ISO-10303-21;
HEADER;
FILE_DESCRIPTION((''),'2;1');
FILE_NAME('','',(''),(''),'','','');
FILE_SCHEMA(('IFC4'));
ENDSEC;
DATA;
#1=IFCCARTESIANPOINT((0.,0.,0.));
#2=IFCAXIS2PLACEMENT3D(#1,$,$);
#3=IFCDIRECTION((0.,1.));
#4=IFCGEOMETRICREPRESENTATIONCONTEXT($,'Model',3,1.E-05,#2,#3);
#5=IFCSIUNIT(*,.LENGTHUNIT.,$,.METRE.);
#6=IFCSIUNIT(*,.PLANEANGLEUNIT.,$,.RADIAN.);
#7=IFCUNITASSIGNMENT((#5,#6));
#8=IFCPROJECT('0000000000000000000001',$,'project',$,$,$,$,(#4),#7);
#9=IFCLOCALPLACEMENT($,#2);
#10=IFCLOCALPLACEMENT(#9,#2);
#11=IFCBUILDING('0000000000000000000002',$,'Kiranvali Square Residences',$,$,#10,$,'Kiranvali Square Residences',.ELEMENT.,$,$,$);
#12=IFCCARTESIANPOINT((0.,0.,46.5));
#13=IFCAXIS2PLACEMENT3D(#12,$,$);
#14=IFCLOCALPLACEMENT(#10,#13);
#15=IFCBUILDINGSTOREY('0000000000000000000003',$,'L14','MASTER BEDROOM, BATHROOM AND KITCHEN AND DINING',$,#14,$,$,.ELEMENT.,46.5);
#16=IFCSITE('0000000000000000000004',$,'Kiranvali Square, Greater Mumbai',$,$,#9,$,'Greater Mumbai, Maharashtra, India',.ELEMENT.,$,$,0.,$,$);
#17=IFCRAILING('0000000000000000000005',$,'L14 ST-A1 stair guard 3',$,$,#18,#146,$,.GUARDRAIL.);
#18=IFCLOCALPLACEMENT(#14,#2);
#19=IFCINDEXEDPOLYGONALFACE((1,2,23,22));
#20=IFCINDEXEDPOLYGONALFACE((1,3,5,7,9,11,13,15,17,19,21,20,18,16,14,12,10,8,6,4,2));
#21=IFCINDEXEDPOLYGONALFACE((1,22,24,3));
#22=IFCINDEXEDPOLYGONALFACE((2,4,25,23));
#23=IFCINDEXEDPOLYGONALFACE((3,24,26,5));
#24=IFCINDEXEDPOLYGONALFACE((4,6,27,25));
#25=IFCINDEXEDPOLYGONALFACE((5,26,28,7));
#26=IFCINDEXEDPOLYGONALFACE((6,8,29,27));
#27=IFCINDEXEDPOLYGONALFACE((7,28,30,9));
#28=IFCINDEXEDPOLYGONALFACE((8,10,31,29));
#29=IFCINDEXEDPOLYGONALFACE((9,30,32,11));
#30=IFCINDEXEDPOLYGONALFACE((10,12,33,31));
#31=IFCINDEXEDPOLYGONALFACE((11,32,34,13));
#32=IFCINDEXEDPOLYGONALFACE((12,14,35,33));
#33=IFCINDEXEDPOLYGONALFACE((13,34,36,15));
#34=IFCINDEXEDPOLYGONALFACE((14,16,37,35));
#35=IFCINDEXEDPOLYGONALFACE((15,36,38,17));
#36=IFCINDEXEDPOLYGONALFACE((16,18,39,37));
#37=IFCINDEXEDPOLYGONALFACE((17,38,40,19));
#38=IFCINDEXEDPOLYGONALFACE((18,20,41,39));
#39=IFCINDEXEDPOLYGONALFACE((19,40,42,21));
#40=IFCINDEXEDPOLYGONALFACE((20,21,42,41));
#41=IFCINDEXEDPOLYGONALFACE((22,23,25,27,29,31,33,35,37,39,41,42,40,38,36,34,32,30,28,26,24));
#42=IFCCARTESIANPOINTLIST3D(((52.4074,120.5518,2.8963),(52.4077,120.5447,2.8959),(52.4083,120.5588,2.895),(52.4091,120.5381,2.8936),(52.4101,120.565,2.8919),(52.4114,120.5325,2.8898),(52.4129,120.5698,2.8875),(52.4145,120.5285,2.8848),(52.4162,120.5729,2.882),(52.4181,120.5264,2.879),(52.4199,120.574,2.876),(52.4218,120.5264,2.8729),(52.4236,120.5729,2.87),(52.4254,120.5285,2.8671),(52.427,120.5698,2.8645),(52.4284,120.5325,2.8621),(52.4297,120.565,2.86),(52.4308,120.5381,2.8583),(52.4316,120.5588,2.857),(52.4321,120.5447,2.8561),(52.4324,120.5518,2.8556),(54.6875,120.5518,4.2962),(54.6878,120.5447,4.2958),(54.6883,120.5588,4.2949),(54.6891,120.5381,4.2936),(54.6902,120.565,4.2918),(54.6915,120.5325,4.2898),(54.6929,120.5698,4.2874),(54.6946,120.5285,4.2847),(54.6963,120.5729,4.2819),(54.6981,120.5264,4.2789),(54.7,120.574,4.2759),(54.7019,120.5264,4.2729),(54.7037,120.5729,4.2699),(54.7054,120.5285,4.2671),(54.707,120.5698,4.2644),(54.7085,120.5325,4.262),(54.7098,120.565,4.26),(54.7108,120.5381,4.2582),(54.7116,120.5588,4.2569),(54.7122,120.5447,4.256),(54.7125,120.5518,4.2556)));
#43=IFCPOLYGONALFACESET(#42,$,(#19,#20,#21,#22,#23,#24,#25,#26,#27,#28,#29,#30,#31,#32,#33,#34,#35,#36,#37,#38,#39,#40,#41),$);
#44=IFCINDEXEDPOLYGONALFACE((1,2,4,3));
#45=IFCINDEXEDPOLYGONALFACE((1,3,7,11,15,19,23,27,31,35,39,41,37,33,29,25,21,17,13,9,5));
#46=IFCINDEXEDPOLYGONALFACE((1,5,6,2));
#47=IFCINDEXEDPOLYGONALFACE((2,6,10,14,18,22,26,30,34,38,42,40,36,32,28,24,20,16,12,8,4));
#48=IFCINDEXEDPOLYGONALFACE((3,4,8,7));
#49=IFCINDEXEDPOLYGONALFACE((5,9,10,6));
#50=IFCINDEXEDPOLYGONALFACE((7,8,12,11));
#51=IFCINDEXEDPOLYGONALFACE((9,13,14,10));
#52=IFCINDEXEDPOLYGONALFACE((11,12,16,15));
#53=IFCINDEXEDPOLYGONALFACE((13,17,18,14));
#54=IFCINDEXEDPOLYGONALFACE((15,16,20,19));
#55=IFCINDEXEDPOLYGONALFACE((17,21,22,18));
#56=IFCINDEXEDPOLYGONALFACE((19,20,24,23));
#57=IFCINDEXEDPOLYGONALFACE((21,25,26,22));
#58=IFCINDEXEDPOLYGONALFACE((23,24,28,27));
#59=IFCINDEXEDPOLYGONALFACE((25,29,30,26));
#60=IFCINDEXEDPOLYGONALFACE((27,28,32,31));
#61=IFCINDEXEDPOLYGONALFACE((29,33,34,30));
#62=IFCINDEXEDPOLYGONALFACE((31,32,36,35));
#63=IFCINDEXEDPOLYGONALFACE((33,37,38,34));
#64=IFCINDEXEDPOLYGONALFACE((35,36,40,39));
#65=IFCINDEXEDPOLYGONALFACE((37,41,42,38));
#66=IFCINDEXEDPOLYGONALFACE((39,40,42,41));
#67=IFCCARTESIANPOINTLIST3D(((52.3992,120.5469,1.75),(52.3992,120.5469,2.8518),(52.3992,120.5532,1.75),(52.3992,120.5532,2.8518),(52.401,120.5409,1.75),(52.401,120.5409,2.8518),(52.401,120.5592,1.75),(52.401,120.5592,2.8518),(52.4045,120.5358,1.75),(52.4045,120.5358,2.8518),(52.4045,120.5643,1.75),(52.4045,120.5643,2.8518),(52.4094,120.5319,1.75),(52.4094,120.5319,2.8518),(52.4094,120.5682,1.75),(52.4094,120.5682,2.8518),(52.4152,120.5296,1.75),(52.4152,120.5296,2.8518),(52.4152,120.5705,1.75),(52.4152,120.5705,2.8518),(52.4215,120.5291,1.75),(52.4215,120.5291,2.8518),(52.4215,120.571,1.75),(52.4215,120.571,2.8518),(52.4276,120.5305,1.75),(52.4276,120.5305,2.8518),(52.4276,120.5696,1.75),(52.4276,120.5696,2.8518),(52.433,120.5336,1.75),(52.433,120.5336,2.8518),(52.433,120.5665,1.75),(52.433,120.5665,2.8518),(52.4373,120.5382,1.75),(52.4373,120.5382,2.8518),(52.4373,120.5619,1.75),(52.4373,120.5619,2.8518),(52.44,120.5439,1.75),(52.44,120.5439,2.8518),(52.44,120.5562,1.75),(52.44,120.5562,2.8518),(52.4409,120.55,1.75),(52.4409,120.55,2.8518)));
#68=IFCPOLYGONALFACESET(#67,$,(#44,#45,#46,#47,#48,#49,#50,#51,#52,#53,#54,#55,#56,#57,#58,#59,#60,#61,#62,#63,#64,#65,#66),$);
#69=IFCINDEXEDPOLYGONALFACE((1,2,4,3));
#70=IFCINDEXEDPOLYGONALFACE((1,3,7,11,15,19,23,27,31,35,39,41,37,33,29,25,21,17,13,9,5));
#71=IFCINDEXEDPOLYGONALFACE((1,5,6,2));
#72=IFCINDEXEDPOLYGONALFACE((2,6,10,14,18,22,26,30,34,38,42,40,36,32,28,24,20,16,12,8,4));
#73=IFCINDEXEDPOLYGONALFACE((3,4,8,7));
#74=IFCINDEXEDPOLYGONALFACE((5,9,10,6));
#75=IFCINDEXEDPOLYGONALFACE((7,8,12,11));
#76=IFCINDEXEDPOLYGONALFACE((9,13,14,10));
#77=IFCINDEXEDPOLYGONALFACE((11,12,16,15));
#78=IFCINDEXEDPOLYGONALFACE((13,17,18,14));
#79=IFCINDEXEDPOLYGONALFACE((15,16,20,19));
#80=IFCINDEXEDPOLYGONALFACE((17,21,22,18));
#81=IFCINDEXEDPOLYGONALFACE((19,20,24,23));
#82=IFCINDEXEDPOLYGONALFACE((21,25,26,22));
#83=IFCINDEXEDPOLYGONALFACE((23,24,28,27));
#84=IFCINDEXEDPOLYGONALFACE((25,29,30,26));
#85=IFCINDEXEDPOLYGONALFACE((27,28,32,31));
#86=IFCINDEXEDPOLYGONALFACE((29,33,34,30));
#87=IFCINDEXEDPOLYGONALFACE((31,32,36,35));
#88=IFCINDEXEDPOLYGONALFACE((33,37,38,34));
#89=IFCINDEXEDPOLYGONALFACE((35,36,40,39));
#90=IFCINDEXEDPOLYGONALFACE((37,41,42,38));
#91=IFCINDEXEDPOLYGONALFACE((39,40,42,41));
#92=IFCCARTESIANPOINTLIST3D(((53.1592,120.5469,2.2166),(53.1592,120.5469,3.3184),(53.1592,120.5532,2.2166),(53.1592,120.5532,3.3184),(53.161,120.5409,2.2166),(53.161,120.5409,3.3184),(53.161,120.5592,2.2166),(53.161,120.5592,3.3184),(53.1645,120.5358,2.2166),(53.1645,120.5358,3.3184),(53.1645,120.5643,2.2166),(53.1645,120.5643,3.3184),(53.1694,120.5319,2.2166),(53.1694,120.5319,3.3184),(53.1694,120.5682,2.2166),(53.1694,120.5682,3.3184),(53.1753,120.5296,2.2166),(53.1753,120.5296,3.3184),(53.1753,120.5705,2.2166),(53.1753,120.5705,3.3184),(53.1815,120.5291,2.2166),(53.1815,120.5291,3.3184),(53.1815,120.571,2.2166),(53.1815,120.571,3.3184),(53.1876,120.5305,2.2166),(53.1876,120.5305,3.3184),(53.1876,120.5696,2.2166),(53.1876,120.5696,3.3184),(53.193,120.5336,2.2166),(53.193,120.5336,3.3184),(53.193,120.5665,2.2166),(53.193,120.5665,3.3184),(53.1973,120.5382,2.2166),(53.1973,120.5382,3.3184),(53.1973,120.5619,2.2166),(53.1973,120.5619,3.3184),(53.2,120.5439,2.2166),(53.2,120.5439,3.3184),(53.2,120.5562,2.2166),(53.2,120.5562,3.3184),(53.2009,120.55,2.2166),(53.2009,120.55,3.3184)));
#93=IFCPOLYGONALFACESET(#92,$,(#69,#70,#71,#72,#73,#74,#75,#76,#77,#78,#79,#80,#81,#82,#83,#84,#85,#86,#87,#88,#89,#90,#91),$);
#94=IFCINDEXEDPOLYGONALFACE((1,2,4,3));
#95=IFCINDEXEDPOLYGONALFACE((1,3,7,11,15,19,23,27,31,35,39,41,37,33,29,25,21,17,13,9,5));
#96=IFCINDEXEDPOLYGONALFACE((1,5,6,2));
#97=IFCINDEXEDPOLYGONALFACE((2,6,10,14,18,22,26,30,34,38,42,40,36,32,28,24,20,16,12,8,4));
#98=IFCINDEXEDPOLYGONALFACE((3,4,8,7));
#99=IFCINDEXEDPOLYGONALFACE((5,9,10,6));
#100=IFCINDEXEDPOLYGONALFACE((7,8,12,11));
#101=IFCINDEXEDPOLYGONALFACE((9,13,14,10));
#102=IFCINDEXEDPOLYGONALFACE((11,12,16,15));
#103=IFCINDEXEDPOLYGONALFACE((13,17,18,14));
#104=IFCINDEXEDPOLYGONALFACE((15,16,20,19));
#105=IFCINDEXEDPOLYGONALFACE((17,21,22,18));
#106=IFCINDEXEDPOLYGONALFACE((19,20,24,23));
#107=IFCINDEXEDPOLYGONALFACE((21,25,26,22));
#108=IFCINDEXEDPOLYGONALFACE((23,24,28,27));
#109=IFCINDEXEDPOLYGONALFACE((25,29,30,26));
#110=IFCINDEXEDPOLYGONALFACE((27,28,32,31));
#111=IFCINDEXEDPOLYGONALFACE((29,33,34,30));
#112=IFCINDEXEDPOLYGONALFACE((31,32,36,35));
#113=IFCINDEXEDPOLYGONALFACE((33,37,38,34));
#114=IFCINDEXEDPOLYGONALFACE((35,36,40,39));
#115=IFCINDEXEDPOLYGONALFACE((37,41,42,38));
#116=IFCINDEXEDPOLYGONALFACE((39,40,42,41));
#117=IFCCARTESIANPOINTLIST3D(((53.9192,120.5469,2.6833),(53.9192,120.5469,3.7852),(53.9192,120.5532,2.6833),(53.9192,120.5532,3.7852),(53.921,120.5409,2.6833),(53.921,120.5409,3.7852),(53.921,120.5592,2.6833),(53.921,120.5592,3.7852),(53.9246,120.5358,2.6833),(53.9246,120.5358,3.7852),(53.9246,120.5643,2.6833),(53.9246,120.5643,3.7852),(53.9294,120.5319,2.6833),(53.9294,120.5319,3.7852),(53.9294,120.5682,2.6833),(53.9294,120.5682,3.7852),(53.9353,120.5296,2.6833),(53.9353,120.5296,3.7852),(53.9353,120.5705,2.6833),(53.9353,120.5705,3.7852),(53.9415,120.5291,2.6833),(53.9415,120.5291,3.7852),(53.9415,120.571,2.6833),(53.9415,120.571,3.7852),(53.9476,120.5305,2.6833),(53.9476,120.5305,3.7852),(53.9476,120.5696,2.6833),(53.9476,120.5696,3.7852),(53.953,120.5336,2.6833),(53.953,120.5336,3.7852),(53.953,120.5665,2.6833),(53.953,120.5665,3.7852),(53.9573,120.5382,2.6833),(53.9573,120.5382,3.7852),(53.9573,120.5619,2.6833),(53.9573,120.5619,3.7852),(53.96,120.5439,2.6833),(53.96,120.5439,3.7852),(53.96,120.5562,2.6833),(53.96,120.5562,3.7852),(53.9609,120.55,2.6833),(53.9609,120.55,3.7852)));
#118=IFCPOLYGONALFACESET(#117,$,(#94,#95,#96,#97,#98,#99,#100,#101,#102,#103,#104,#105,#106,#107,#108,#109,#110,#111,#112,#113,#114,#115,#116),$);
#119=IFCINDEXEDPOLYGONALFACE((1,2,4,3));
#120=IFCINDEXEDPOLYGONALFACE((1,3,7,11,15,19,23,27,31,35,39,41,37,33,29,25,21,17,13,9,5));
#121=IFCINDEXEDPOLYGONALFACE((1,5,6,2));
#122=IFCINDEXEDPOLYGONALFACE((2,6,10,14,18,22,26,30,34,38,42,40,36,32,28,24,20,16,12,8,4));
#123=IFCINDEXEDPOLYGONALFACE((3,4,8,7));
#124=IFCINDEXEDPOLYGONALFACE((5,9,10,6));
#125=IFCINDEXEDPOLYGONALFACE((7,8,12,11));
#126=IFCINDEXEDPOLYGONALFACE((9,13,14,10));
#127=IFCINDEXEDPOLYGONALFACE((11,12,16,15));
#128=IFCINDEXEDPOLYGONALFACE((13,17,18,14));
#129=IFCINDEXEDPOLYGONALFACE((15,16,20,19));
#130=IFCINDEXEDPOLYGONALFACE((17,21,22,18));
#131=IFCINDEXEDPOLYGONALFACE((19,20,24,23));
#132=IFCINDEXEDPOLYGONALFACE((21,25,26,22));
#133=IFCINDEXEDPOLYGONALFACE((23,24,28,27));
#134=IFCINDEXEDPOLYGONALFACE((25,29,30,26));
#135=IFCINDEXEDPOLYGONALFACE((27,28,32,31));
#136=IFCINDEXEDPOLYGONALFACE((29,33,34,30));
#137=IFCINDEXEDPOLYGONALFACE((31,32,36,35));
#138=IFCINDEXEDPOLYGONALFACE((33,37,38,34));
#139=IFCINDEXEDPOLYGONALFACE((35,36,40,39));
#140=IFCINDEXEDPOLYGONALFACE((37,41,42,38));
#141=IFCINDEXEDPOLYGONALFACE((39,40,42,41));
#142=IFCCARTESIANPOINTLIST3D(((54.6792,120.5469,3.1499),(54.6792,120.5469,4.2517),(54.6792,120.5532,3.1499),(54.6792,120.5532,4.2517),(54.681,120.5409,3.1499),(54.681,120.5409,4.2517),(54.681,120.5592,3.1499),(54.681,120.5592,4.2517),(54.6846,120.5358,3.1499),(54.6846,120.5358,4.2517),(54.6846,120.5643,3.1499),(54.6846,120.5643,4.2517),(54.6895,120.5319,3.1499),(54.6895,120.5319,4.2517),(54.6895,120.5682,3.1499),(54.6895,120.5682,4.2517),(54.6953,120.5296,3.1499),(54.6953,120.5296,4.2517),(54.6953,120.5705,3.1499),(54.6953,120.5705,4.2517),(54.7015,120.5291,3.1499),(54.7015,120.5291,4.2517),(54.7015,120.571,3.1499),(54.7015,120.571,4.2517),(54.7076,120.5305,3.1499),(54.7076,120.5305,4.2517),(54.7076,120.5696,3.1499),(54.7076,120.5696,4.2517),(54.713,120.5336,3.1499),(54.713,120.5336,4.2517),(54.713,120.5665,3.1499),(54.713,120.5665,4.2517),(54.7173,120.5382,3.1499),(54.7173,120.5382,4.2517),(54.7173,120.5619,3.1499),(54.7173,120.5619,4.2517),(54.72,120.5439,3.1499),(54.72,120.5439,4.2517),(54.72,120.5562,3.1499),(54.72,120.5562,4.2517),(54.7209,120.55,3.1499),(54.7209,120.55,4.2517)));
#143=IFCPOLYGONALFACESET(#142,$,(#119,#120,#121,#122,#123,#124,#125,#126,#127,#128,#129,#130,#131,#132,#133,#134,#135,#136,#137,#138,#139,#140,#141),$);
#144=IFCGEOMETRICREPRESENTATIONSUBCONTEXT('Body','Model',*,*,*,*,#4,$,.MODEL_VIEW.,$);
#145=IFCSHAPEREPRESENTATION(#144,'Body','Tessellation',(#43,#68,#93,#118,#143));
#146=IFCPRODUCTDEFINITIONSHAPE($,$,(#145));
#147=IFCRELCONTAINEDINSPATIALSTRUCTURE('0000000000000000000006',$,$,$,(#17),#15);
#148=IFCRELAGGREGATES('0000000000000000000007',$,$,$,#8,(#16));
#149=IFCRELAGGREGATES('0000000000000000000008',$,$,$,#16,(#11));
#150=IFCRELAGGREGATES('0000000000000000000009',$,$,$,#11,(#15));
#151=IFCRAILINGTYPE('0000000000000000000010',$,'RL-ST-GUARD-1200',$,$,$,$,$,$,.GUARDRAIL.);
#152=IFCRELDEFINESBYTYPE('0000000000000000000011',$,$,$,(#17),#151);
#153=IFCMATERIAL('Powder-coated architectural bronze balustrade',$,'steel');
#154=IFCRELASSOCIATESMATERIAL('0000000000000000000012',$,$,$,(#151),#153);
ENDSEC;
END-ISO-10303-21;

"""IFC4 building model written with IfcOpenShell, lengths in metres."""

from ifc_helpers import new_model, si_unit, direction, frame, origin, origin_2d, place, context, subcontext, project, spatial, circle, extrude, material, type_object, element, save


model = new_model("IFC4")

# Units and contexts
model_context = context("Model", 3, precision=1e-05, world=origin(), true_north=direction((0.0, 1.0)))
body_context = subcontext(model_context, "Body", "Model", "MODEL_VIEW")
ifc_project = project(units=[si_unit("LENGTHUNIT", "METRE"), si_unit("PLANEANGLEUNIT", "RADIAN")], contexts=[model_context])

# Site, building, storey
site_placement = place(None, origin())
site = spatial("IfcSite", under=ifc_project, at=site_placement, Name="Kiranvali Square, Greater Mumbai", LongName="Greater Mumbai, Maharashtra, India", CompositionType="ELEMENT", RefElevation=0.0)
building_placement = place(site_placement, origin())
building = spatial("IfcBuilding", under=site, at=building_placement, Name="Kiranvali Square Residences", LongName="Kiranvali Square Residences", CompositionType="ELEMENT")
storey_placement = place(building_placement, frame((0.0, 0.0, 46.5)))
storey = spatial("IfcBuildingStorey", under=building, at=storey_placement, Name="L14", Description="MASTER BEDROOM, BATHROOM AND KITCHEN AND DINING", CompositionType="ELEMENT", Elevation=46.5)

# Railing
ifc_material_1 = material(Name="Powder-coated architectural bronze balustrade", Category="steel")
railing_type_1 = type_object("IfcRailingType", Name="RL-ST-GUARD-1200", PredefinedType="GUARDRAIL", material=ifc_material_1)
railing_1_placement = place(storey_placement, frame((52.4199, 120.55, 1.75)))
element("IfcRailing", 1, at=railing_1_placement, inside=storey, type_object=railing_type_1, Name="L14 ST-A1 stair guard 3", PredefinedType="GUARDRAIL", context=body_context, shape_type="SweptSolid", body=[
    extrude(circle(Radius=0.0239, at=origin_2d()), frame((0.0, 0.0, 1.126), z_axis=(0.85219, 0.0, 0.523232), x_axis=(0.0, 1.0, 0.0)), (0.0, 0.0, 1.0), 2.6755),
    extrude(circle(Radius=0.021, at=origin_2d()), origin(), (0.0, 0.0, 1.0), 1.1018),
    extrude(circle(Radius=0.021, at=origin_2d()), frame((0.76, 0.0, 0.4666)), (0.0, 0.0, 1.0), 1.1018),
    extrude(circle(Radius=0.021, at=origin_2d()), frame((1.52, 0.0, 0.9333)), (0.0, 0.0, 1.0), 1.1018),
    extrude(circle(Radius=0.021, at=origin_2d()), frame((2.28, 0.0, 1.3999)), (0.0, 0.0, 1.0), 1.1018),
])

save(model, "model.ifc")
